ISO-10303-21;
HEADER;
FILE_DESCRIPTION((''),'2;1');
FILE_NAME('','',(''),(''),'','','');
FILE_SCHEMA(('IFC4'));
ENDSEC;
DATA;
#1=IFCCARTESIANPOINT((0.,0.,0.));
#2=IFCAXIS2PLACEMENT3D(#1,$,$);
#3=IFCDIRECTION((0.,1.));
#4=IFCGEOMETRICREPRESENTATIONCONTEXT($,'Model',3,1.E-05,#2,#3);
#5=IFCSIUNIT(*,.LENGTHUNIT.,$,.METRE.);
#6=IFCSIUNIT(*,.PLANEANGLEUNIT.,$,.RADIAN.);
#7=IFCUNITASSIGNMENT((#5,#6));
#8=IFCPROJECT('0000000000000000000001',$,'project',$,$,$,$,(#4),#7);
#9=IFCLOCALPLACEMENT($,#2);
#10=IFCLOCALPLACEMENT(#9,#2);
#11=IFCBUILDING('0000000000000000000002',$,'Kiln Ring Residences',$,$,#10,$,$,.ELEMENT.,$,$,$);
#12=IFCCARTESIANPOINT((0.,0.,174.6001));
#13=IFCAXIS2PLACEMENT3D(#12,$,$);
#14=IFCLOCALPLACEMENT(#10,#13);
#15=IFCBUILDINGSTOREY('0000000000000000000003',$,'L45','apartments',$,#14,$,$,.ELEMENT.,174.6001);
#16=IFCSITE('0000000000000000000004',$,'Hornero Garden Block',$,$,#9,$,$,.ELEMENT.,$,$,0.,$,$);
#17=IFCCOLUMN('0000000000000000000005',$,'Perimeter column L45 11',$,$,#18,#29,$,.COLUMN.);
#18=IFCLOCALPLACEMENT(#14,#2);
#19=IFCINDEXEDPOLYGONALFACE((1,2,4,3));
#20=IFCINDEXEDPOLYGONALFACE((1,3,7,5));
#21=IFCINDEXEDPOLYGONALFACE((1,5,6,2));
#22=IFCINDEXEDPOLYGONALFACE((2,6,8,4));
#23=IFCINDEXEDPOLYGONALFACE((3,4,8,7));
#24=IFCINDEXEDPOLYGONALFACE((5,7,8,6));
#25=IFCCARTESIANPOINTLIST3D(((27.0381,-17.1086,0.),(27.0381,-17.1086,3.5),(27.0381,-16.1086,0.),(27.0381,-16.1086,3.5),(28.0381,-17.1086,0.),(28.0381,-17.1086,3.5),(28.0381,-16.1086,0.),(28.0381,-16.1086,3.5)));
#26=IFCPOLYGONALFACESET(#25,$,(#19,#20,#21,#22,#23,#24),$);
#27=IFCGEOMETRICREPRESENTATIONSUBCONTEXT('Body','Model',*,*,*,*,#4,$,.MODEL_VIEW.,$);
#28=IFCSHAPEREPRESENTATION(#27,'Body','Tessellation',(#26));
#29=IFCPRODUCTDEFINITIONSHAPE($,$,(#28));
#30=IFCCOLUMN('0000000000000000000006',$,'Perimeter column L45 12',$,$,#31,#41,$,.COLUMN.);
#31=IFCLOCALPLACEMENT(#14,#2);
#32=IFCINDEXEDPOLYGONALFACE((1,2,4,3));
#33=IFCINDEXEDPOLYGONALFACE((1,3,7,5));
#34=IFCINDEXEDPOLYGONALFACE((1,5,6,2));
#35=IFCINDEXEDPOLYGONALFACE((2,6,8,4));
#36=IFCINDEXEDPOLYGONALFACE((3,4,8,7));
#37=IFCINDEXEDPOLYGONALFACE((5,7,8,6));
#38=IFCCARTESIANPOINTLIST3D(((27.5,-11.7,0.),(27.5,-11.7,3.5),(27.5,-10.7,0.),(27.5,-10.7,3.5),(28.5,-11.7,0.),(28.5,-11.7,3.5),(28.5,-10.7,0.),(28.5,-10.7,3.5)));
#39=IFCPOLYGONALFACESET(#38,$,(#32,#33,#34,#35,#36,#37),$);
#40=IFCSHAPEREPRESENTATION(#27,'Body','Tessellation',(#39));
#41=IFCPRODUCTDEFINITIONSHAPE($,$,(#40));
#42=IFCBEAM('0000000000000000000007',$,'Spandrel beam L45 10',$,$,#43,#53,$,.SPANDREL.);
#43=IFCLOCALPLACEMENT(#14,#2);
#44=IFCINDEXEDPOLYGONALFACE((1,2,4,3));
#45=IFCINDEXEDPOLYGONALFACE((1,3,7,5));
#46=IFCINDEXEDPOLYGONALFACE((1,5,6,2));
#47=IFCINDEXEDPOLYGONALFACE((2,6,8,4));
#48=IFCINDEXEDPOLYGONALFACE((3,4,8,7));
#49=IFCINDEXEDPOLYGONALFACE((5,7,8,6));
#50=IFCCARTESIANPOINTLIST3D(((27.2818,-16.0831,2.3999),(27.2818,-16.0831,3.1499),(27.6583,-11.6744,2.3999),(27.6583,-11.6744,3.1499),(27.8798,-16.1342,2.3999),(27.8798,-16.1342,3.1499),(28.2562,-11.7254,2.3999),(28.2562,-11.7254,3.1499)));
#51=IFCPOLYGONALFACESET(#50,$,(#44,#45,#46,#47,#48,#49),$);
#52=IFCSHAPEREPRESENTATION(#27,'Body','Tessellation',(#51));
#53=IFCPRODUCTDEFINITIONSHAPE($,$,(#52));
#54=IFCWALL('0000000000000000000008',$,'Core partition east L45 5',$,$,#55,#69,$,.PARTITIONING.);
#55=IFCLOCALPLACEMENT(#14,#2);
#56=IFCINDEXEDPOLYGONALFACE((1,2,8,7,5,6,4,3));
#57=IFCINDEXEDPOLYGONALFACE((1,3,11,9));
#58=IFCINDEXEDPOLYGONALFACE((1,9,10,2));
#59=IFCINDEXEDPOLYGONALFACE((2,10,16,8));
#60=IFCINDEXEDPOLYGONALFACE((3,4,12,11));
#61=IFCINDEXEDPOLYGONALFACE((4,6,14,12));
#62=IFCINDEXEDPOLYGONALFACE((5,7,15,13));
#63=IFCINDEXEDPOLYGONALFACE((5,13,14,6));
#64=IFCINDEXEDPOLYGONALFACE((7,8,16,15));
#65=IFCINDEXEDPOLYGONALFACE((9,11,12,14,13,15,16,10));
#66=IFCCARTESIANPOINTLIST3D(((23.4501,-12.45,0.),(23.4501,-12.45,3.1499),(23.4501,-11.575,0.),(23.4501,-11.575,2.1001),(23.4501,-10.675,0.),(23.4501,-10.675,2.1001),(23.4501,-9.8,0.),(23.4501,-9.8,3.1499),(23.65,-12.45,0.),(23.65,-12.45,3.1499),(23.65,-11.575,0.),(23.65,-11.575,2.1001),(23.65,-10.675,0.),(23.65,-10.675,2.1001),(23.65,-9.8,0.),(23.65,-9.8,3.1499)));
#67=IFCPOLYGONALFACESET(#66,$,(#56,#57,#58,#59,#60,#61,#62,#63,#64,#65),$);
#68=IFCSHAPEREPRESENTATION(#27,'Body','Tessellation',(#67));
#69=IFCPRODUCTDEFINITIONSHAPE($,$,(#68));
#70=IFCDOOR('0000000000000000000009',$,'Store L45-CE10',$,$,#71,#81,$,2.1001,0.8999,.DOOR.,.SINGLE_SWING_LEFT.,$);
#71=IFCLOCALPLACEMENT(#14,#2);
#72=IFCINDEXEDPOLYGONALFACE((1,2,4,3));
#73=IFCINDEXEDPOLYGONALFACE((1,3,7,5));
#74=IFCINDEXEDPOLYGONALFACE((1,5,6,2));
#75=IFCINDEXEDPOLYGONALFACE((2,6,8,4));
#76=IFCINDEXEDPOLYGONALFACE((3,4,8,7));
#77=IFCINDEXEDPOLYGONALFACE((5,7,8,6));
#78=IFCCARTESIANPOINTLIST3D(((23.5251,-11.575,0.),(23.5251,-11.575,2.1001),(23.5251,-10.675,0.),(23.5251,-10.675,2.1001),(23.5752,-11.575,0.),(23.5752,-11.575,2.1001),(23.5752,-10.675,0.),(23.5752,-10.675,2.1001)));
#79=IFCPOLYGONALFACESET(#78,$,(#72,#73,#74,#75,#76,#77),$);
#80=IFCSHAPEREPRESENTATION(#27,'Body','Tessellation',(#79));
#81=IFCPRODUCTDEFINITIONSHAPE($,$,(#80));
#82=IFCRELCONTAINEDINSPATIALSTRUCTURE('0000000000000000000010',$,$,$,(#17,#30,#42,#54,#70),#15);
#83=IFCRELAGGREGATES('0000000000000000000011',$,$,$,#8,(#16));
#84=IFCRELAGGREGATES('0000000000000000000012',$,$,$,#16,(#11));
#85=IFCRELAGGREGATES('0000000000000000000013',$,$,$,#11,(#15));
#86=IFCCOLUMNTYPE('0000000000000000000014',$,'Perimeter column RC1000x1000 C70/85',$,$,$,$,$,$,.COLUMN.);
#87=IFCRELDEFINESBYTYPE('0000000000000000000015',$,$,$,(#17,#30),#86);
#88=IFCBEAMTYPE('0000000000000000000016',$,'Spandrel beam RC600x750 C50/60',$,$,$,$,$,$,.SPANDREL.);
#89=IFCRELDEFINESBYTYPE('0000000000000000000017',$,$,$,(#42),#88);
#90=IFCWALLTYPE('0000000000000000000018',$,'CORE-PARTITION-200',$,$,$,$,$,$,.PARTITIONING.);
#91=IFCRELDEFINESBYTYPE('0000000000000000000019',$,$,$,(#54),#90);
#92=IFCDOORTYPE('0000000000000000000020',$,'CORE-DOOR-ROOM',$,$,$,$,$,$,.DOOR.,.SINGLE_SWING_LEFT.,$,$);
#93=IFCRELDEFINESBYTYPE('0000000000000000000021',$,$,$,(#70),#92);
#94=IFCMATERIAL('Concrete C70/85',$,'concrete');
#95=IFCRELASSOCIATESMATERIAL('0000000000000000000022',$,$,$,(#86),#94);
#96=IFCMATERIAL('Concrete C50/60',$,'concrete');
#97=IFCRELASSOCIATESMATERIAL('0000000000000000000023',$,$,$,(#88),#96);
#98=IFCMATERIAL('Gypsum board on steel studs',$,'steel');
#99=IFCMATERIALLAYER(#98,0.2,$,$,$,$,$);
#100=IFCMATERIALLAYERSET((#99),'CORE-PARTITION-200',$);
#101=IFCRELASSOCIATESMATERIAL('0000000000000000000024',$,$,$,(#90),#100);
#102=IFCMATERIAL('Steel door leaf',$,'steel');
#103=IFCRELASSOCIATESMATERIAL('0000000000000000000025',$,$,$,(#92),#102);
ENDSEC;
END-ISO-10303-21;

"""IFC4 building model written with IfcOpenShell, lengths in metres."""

from ifc_helpers import new_model, si_unit, direction, frame, frame_2d, origin, origin_2d, place, context, subcontext, project, spatial, rectangle, extrude, material, layer, layer_set, material_profile, profile_set, type_object, element, fill, save


model = new_model("IFC4")

# Units and contexts
model_context = context("Model", 3, precision=1e-05, world=origin(), true_north=direction((0.0, 1.0)))
body_context = subcontext(model_context, "Body", "Model", "MODEL_VIEW")
ifc_project = project(units=[si_unit("LENGTHUNIT", "METRE"), si_unit("PLANEANGLEUNIT", "RADIAN")], contexts=[model_context])

# Site, building, storey
site_placement = place(None, origin())
site = spatial("IfcSite", under=ifc_project, at=site_placement, Name="Hornero Garden Block", CompositionType="ELEMENT", RefElevation=0.0)
building_placement = place(site_placement, origin())
building = spatial("IfcBuilding", under=site, at=building_placement, Name="Kiln Ring Residences", CompositionType="ELEMENT")
storey_placement = place(building_placement, frame((0.0, 0.0, 174.6001)))
storey = spatial("IfcBuildingStorey", under=building, at=storey_placement, Name="L45", Description="apartments", CompositionType="ELEMENT", Elevation=174.6001)

# Columns
ifc_material_1 = material(Name="Concrete C70/85", Category="concrete")
ifc_material_profile_1 = material_profile(ifc_material_1, rectangle(XDim=1.0, YDim=1.0, at=origin_2d()), Name="RC1000x1000")
ifc_profile_set_1 = profile_set([ifc_material_profile_1], Name="Concrete C70/85")
column_type = type_object("IfcColumnType", Name="Perimeter column RC1000x1000 C70/85", PredefinedType="COLUMN", material=ifc_profile_set_1)
for number, where, z_axis, x_axis, name in (
    (1, (27.5381, -16.6086, 0.0), (0.0, 0.0, 1.0), (1.0, 0.0, 0.0), "Perimeter column L45 11"),
    (2, (28.0, -11.2, 0.0), (0.0, 0.0, 1.0), (1.0, 0.0, 0.0), "Perimeter column L45 12"),
):
    element("IfcColumn", number, at=place(storey_placement, frame(where, z_axis=z_axis, x_axis=x_axis)), inside=storey, type_object=column_type, Name=name, PredefinedType="COLUMN", context=body_context, shape_type="SweptSolid", body=[
        extrude(rectangle(XDim=1.0, YDim=1.0, at=origin_2d()), origin(), (0.0, 0.0, 1.0), 3.5),
    ])

# Beam
ifc_material_2 = material(Name="Concrete C50/60", Category="concrete")
ifc_material_profile_2 = material_profile(ifc_material_2, rectangle(XDim=0.6001, YDim=0.75, at=origin_2d()), Name="RC600x750")
ifc_profile_set_2 = profile_set([ifc_material_profile_2], Name="Concrete C50/60")
beam_type = type_object("IfcBeamType", Name="Spandrel beam RC600x750 C50/60", PredefinedType="SPANDREL", material=ifc_profile_set_2)
beam_placement = place(storey_placement, frame((27.5808, -16.1086, 2.7749), z_axis=(0.085082, 0.996374, 0.0), x_axis=(-0.996374, 0.085082, 0.0)))
element("IfcBeam", 3, at=beam_placement, inside=storey, type_object=beam_type, Name="Spandrel beam L45 10", PredefinedType="SPANDREL", context=body_context, shape_type="SweptSolid", body=[
    extrude(rectangle(XDim=0.6001, YDim=0.75, at=origin_2d()), origin(), (0.0, 0.0, 1.0), 4.4248),
])

# Wall, opening, door
ifc_material_3 = material(Name="Gypsum board on steel studs", Category="steel")
ifc_layer_1 = layer(ifc_material_3, 0.2)
ifc_layer_set_1 = layer_set([ifc_layer_1], Name="CORE-PARTITION-200")
wall_type_1 = type_object("IfcWallType", Name="CORE-PARTITION-200", PredefinedType="PARTITIONING", material=ifc_layer_set_1)
wall_1_placement = place(storey_placement, frame((23.55, -12.45, 0.0), z_axis=(0.0, 0.0, 1.0), x_axis=(0.0, 1.0, 0.0)))
wall_1 = element("IfcWall", 4, at=wall_1_placement, inside=storey, type_object=wall_type_1, Name="Core partition east L45 5", PredefinedType="PARTITIONING", context=body_context, shape_type="SweptSolid", body=[
    extrude(rectangle(XDim=2.6499, YDim=0.2, at=frame_2d((1.325, 0.0))), origin(), (0.0, 0.0, 1.0), 3.1499),
])
opening_1_placement = place(wall_1_placement, frame((0.875, 0.0, 0.0)))
opening_1 = element("IfcOpeningElement", 5, at=opening_1_placement, cuts=wall_1, PredefinedType="OPENING", context=body_context, shape_type="SweptSolid", body=[
    extrude(rectangle(XDim=0.8999, YDim=2.1001, at=frame_2d((0.45, 1.05))), frame((0.0, 0.1099, 0.0), z_axis=(0.0, -1.0, 0.0), x_axis=(1.0, 0.0, 0.0)), (0.0, 0.0, 1.0), 0.22),
])
ifc_material_4 = material(Name="Steel door leaf", Category="steel")
door_type_1 = type_object("IfcDoorType", Name="CORE-DOOR-ROOM", OperationType="SINGLE_SWING_LEFT", PredefinedType="DOOR", material=ifc_material_4)
door_1_placement = place(opening_1_placement, origin())
door_1 = element("IfcDoor", 6, at=door_1_placement, inside=storey, type_object=door_type_1, Name="Store L45-CE10", OperationType="SINGLE_SWING_LEFT", OverallHeight=2.1001, OverallWidth=0.8999, PredefinedType="DOOR", context=body_context, shape_type="SweptSolid", body=[
    extrude(rectangle(XDim=0.8999, YDim=2.1001, at=frame_2d((0.45, 1.05))), frame((0.0, 0.0249, 0.0), z_axis=(0.0, -1.0, 0.0), x_axis=(1.0, 0.0, 0.0)), (0.0, 0.0, 1.0), 0.05),
])
fill(opening_1, door_1)

save(model, "model.ifc")
